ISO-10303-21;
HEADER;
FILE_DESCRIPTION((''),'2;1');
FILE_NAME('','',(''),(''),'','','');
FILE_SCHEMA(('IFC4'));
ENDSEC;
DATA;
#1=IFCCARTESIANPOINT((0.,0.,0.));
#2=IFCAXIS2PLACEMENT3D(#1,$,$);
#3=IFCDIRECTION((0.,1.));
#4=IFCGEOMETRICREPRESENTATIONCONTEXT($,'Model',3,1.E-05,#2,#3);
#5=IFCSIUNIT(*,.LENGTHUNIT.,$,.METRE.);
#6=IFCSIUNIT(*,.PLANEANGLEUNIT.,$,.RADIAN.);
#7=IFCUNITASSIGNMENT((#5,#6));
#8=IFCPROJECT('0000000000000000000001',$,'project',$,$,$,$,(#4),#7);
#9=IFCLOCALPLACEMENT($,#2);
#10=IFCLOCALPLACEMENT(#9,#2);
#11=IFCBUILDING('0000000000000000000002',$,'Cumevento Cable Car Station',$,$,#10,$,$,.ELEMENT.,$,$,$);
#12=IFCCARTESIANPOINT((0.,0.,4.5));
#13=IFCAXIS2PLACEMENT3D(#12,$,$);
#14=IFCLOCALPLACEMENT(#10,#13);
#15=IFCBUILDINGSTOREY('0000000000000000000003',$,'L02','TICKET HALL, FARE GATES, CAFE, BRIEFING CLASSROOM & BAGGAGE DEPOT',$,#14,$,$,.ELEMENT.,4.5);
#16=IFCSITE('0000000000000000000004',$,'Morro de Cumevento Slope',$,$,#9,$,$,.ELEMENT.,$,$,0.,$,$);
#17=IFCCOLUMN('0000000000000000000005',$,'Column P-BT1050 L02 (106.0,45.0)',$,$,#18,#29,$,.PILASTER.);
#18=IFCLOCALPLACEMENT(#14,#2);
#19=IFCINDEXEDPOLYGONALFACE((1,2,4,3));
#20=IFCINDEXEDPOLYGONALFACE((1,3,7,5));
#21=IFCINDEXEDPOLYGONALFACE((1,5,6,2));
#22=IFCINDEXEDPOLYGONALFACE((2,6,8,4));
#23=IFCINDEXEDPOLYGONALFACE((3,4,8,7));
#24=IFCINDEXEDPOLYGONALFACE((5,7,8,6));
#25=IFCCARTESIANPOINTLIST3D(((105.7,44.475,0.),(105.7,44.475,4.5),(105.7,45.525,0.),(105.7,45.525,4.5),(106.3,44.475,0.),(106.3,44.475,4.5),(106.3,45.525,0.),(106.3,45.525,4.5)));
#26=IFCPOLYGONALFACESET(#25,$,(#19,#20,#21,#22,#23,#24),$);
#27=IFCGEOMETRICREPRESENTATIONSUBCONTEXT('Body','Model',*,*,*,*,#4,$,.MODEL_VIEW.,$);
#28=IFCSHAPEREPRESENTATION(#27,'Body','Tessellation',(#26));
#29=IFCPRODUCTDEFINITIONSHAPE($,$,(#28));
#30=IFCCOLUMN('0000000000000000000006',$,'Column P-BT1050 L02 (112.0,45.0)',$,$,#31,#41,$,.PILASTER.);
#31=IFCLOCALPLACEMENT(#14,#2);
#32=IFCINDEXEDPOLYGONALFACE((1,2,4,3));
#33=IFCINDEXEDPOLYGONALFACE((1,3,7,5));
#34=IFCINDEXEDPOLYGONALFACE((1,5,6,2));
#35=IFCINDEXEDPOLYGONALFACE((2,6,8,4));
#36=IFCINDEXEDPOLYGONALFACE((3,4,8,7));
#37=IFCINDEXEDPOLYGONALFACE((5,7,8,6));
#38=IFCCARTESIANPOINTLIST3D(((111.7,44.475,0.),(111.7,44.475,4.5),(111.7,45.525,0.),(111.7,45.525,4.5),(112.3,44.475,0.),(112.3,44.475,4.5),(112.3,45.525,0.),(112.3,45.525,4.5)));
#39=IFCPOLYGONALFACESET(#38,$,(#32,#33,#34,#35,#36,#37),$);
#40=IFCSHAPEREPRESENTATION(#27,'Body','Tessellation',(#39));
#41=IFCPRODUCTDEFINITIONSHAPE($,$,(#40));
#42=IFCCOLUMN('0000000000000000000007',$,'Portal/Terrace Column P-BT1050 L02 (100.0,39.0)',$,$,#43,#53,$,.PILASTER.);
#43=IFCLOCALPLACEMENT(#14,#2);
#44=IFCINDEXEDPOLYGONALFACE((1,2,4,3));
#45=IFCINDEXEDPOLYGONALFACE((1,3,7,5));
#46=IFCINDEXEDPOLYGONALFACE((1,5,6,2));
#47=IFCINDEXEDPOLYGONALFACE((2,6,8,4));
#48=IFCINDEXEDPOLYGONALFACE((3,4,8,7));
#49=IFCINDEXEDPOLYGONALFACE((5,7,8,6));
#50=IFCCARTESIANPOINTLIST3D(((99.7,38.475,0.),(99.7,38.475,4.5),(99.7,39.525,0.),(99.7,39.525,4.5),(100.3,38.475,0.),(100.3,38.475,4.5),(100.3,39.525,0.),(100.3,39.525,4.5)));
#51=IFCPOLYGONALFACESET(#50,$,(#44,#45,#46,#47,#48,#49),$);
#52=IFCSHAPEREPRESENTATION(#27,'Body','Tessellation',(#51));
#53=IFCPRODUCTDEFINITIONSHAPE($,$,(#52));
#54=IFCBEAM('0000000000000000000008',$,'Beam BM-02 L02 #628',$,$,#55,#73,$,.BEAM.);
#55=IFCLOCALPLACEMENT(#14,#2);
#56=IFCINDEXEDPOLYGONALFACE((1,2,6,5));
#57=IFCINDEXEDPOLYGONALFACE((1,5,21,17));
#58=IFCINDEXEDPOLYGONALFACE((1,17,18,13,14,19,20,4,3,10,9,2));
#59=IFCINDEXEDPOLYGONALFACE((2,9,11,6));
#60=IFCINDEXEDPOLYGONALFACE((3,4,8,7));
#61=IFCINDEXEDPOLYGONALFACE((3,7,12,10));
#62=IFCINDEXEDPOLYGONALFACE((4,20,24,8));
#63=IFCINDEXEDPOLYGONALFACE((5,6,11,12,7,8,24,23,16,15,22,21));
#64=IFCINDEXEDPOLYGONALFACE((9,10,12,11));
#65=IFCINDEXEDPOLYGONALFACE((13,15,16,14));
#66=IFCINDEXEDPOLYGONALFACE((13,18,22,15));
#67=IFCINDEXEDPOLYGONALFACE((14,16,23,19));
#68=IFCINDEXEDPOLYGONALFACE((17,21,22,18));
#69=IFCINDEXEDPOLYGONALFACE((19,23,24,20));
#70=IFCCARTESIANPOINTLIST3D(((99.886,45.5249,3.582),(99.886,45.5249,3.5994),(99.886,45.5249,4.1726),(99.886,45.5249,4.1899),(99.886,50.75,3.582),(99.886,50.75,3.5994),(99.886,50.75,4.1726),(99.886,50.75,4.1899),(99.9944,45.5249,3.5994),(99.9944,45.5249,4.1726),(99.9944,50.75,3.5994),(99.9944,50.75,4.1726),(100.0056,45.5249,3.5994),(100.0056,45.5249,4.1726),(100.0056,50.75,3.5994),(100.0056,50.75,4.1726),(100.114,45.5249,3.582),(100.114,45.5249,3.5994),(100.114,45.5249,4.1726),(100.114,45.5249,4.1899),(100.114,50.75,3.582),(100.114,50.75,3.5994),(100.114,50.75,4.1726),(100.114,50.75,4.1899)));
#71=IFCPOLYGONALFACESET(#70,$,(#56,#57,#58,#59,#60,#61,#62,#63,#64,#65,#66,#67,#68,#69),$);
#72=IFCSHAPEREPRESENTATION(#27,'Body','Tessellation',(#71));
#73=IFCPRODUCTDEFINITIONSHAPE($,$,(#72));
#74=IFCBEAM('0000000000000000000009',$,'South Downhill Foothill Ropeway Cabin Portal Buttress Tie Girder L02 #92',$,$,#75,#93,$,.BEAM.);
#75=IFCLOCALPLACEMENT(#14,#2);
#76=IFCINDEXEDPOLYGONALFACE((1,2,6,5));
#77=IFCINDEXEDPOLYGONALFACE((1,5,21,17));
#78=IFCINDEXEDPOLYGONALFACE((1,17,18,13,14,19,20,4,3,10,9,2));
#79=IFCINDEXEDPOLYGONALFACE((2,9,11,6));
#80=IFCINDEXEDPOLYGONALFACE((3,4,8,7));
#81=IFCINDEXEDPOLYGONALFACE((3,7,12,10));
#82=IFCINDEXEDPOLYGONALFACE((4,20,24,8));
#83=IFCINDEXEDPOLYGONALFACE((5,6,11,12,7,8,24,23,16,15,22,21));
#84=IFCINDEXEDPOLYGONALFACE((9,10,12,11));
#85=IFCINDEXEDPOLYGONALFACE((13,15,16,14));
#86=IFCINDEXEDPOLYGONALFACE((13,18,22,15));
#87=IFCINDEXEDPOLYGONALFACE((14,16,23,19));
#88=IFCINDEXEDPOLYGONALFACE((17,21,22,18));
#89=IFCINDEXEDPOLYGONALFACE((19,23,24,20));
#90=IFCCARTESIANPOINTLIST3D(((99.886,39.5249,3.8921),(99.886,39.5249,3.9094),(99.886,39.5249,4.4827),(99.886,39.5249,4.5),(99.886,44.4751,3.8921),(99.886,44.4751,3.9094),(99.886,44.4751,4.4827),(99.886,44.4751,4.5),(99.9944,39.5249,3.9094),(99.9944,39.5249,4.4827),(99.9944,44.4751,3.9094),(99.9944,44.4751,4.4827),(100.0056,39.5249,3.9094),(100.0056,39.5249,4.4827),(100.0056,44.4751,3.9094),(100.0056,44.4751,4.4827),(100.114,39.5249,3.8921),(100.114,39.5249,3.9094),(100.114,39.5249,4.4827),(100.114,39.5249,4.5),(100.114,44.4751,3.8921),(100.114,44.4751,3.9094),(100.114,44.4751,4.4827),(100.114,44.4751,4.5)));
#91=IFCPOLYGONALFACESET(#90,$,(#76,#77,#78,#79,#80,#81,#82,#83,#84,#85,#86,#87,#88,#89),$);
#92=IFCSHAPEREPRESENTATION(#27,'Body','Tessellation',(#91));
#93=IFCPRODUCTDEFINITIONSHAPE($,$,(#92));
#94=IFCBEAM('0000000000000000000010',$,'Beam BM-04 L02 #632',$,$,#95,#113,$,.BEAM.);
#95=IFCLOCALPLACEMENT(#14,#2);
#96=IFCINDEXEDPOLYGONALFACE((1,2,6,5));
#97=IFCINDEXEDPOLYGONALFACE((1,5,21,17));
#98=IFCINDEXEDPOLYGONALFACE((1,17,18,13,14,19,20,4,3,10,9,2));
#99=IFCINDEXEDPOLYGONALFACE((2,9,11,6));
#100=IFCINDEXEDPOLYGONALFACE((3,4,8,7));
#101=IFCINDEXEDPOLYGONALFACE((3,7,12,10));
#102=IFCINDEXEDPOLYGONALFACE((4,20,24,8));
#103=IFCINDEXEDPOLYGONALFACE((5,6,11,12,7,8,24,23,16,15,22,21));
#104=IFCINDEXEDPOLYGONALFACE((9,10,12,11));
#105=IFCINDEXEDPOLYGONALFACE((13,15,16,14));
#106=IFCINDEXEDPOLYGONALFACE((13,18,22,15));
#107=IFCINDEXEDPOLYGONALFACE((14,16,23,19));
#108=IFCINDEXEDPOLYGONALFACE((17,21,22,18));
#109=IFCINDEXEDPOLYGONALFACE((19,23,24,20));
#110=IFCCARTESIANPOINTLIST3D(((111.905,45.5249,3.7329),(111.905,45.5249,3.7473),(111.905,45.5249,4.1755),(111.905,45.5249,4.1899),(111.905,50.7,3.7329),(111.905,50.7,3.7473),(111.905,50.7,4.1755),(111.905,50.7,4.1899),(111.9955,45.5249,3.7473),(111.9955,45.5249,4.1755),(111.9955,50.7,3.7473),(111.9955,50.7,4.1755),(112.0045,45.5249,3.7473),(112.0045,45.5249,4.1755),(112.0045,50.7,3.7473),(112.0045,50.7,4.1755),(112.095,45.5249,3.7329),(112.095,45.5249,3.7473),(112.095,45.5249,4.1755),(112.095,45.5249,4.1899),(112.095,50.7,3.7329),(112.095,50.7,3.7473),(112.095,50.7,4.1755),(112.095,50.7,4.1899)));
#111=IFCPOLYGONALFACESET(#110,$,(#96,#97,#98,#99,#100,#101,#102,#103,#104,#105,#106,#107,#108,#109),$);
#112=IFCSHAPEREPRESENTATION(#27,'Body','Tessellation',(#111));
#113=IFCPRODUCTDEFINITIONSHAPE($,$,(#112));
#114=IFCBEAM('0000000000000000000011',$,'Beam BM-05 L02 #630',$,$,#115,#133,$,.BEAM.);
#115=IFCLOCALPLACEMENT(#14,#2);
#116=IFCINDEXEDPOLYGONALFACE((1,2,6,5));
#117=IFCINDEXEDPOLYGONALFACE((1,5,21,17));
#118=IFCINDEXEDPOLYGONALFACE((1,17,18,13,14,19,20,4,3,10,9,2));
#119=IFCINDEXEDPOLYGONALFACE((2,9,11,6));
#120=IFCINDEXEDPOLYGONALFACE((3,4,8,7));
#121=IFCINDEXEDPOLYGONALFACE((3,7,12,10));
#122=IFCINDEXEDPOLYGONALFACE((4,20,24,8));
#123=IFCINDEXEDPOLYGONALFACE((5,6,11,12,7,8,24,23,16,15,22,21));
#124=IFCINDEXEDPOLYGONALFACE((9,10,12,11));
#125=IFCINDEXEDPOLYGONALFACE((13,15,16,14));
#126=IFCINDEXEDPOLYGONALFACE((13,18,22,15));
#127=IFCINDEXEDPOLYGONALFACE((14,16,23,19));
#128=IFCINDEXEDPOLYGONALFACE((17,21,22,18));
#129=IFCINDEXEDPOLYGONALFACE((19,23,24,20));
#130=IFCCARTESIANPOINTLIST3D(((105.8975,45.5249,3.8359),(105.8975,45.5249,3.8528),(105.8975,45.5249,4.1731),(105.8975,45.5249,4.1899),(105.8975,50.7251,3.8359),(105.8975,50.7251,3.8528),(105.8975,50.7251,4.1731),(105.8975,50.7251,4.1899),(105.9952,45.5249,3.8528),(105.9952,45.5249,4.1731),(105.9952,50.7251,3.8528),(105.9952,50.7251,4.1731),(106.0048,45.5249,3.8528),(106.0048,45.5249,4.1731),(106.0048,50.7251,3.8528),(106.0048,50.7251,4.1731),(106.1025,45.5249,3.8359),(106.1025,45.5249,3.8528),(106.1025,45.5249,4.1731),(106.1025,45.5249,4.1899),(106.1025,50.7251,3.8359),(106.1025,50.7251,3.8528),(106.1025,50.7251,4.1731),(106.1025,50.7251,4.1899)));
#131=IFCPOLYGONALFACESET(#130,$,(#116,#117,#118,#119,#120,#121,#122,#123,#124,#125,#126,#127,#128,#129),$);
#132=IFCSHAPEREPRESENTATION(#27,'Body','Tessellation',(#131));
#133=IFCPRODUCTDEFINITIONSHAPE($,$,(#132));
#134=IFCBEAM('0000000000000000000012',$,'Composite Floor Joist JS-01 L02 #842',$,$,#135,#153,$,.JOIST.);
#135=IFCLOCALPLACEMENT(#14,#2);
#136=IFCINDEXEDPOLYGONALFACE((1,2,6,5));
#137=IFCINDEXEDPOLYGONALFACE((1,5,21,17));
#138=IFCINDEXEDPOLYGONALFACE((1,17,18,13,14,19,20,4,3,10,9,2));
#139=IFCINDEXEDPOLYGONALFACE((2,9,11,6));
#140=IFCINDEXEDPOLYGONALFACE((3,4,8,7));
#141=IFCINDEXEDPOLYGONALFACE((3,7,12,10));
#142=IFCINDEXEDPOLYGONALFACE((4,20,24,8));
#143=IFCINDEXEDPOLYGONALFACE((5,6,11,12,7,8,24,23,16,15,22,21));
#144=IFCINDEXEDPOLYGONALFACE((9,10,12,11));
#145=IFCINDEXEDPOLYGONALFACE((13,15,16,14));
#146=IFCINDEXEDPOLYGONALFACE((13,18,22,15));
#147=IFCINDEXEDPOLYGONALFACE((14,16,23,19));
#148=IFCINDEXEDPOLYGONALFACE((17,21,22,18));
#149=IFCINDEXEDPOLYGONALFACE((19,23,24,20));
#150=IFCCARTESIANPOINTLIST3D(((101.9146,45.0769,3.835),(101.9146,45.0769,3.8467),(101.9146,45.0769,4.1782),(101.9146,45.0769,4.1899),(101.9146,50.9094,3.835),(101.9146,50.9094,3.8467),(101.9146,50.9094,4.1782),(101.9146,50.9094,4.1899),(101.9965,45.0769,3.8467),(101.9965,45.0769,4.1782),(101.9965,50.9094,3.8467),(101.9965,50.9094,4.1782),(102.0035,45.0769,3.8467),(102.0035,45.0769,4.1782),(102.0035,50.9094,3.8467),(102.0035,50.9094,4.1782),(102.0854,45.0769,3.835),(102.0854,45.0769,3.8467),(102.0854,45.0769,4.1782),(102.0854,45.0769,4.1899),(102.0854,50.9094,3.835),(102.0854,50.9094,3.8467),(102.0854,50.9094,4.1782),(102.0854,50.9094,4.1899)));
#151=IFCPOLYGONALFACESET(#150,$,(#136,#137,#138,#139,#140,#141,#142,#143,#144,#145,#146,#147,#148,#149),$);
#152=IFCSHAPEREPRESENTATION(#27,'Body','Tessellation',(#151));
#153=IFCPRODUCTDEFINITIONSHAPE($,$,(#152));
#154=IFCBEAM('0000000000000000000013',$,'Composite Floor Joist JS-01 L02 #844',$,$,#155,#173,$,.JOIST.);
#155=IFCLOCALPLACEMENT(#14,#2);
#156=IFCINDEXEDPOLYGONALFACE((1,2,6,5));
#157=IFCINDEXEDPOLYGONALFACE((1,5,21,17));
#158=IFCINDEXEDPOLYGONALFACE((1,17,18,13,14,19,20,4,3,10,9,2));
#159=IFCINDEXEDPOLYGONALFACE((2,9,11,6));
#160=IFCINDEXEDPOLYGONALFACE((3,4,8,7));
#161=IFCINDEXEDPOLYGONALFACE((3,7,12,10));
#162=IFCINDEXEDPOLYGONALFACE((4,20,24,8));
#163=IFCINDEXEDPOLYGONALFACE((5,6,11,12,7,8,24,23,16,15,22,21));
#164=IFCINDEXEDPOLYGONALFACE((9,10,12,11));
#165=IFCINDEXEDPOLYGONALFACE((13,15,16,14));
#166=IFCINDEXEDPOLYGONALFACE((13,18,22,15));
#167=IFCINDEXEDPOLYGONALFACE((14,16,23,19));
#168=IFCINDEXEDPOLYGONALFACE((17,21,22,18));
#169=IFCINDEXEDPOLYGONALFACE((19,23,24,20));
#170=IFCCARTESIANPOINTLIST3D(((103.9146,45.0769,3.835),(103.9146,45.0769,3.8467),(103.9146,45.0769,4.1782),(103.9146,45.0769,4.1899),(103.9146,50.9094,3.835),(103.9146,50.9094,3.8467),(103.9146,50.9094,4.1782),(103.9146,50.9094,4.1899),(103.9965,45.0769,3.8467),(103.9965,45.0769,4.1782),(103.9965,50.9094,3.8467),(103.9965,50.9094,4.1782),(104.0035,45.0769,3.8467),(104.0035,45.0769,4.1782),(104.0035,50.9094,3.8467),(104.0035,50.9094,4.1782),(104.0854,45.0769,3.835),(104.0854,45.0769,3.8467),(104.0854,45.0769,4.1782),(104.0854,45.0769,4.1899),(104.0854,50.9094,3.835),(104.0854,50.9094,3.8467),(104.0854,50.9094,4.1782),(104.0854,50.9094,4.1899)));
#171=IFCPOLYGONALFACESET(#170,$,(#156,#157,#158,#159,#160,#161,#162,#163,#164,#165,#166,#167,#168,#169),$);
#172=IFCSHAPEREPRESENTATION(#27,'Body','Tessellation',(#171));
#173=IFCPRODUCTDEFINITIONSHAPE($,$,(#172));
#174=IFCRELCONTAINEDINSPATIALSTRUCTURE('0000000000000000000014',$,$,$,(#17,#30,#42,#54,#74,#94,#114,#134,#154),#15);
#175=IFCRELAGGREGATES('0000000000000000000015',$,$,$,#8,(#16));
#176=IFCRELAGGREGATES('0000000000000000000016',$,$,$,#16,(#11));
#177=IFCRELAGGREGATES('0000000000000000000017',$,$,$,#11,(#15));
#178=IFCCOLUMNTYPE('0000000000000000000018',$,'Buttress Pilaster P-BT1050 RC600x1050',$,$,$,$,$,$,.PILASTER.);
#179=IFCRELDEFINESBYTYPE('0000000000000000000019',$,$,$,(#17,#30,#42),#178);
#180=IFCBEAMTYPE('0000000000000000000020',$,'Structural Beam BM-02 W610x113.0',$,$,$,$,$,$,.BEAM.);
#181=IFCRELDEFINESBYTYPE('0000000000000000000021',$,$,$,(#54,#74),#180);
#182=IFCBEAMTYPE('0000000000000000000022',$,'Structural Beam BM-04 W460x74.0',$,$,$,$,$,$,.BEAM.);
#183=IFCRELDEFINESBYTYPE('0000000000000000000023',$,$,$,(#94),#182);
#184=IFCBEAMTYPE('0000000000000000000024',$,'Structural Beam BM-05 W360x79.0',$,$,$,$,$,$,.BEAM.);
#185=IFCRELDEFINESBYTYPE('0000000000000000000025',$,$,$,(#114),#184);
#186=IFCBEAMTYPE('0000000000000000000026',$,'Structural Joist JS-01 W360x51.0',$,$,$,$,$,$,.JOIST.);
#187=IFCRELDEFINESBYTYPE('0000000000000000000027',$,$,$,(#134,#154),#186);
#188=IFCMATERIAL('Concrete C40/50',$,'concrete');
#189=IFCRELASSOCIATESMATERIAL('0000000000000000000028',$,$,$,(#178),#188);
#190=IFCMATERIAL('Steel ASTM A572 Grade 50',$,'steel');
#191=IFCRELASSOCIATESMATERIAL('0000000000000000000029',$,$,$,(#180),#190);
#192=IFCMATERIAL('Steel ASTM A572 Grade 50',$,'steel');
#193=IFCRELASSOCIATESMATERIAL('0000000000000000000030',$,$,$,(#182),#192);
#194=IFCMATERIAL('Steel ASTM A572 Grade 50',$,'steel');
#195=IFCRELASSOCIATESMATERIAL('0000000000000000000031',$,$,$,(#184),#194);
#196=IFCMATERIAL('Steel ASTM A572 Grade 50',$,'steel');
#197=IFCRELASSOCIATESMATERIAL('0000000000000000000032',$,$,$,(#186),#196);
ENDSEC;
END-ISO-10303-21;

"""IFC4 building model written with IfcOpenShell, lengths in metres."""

from ifc_helpers import new_model, si_unit, direction, frame, origin, origin_2d, place, context, subcontext, project, spatial, rectangle, i_section, extrude, material, material_profile, profile_set, type_object, element, save


model = new_model("IFC4")

# Units and contexts
model_context = context("Model", 3, precision=1e-05, world=origin(), true_north=direction((0.0, 1.0)))
body_context = subcontext(model_context, "Body", "Model", "MODEL_VIEW")
ifc_project = project(units=[si_unit("LENGTHUNIT", "METRE"), si_unit("PLANEANGLEUNIT", "RADIAN")], contexts=[model_context])

# Site, building, storey
site_placement = place(None, origin())
site = spatial("IfcSite", under=ifc_project, at=site_placement, Name="Morro de Cumevento Slope", CompositionType="ELEMENT", RefElevation=0.0)
building_placement = place(site_placement, origin())
building = spatial("IfcBuilding", under=site, at=building_placement, Name="Cumevento Cable Car Station", CompositionType="ELEMENT")
storey_placement = place(building_placement, frame((0.0, 0.0, 4.5)))
storey = spatial("IfcBuildingStorey", under=building, at=storey_placement, Name="L02", Description="TICKET HALL, FARE GATES, CAFE, BRIEFING CLASSROOM & BAGGAGE DEPOT", CompositionType="ELEMENT", Elevation=4.5)

# Columns
ifc_material_1 = material(Name="Concrete C40/50", Category="concrete")
ifc_material_profile_1 = material_profile(ifc_material_1, rectangle(XDim=0.6001, YDim=1.05, at=origin_2d()), Name="RC600x1050")
ifc_profile_set_1 = profile_set([ifc_material_profile_1], Name="Concrete C40/50")
column_type = type_object("IfcColumnType", Name="Buttress Pilaster P-BT1050 RC600x1050", PredefinedType="PILASTER", material=ifc_profile_set_1)
for number, where, z_axis, x_axis, name in (
    (1, (106.0, 45.0, 0.0), (0.0, 0.0, 1.0), (1.0, 0.0, 0.0), "Column P-BT1050 L02 (106.0,45.0)"),
    (2, (112.0, 45.0, 0.0), (0.0, 0.0, 1.0), (1.0, 0.0, 0.0), "Column P-BT1050 L02 (112.0,45.0)"),
    (3, (100.0, 39.0, 0.0), (0.0, 0.0, 1.0), (1.0, 0.0, 0.0), "Portal/Terrace Column P-BT1050 L02 (100.0,39.0)"),
):
    element("IfcColumn", number, at=place(storey_placement, frame(where, z_axis=z_axis, x_axis=x_axis)), inside=storey, type_object=column_type, Name=name, PredefinedType="PILASTER", context=body_context, shape_type="SweptSolid", body=[
        extrude(rectangle(XDim=0.6001, YDim=1.05, at=origin_2d()), origin(), (0.0, 0.0, 1.0), 4.5),
    ])

# Beams
ifc_material_2 = material(Name="Steel ASTM A572 Grade 50", Category="steel")
ifc_material_profile_2 = material_profile(ifc_material_2, i_section(OverallWidth=0.228, OverallDepth=0.6079, WebThickness=0.0112, FlangeThickness=0.0173, at=origin_2d()), Name="W610x113.0")
ifc_profile_set_2 = profile_set([ifc_material_profile_2], Name="Steel ASTM A572 Grade 50")
beam_type_1 = type_object("IfcBeamType", Name="Structural Beam BM-02 W610x113.0", PredefinedType="BEAM", material=ifc_profile_set_2)
beam_1_placement = place(storey_placement, frame((100.0, 45.5249, 3.886), z_axis=(0.0, 1.0, 0.0), x_axis=(-1.0, 0.0, 0.0)))
element("IfcBeam", 4, at=beam_1_placement, inside=storey, type_object=beam_type_1, Name="Beam BM-02 L02 #628", PredefinedType="BEAM", context=body_context, shape_type="SweptSolid", body=[
    extrude(i_section(OverallWidth=0.228, OverallDepth=0.6079, WebThickness=0.0112, FlangeThickness=0.0173, at=origin_2d()), origin(), (0.0, 0.0, 1.0), 5.2251),
])
beam_2_placement = place(storey_placement, frame((100.0, 39.5249, 4.196), z_axis=(0.0, 1.0, 0.0), x_axis=(-1.0, 0.0, 0.0)))
element("IfcBeam", 5, at=beam_2_placement, inside=storey, type_object=beam_type_1, Name="South Downhill Foothill Ropeway Cabin Portal Buttress Tie Girder L02 #92", PredefinedType="BEAM", context=body_context, shape_type="SweptSolid", body=[
    extrude(i_section(OverallWidth=0.228, OverallDepth=0.6079, WebThickness=0.0112, FlangeThickness=0.0173, at=origin_2d()), origin(), (0.0, 0.0, 1.0), 4.9502),
])
ifc_material_3 = material(Name="Steel ASTM A572 Grade 50", Category="steel")
ifc_material_profile_3 = material_profile(ifc_material_3, i_section(OverallWidth=0.1899, OverallDepth=0.457, WebThickness=0.009, FlangeThickness=0.0144, at=origin_2d()), Name="W460x74.0")
ifc_profile_set_3 = profile_set([ifc_material_profile_3], Name="Steel ASTM A572 Grade 50")
beam_type_2 = type_object("IfcBeamType", Name="Structural Beam BM-04 W460x74.0", PredefinedType="BEAM", material=ifc_profile_set_3)
beam_3_placement = place(storey_placement, frame((112.0, 45.5249, 3.9614), z_axis=(0.0, 1.0, 0.0), x_axis=(-1.0, 0.0, 0.0)))
element("IfcBeam", 6, at=beam_3_placement, inside=storey, type_object=beam_type_2, Name="Beam BM-04 L02 #632", PredefinedType="BEAM", context=body_context, shape_type="SweptSolid", body=[
    extrude(i_section(OverallWidth=0.1899, OverallDepth=0.457, WebThickness=0.009, FlangeThickness=0.0144, at=origin_2d()), origin(), (0.0, 0.0, 1.0), 5.175),
])
ifc_material_4 = material(Name="Steel ASTM A572 Grade 50", Category="steel")
ifc_material_profile_4 = material_profile(ifc_material_4, i_section(OverallWidth=0.2051, OverallDepth=0.354, WebThickness=0.0095, FlangeThickness=0.0168, at=origin_2d()), Name="W360x79.0")
ifc_profile_set_4 = profile_set([ifc_material_profile_4], Name="Steel ASTM A572 Grade 50")
beam_type_3 = type_object("IfcBeamType", Name="Structural Beam BM-05 W360x79.0", PredefinedType="BEAM", material=ifc_profile_set_4)
beam_4_placement = place(storey_placement, frame((106.0, 45.5249, 4.0129), z_axis=(0.0, 1.0, 0.0), x_axis=(-1.0, 0.0, 0.0)))
element("IfcBeam", 7, at=beam_4_placement, inside=storey, type_object=beam_type_3, Name="Beam BM-05 L02 #630", PredefinedType="BEAM", context=body_context, shape_type="SweptSolid", body=[
    extrude(i_section(OverallWidth=0.2051, OverallDepth=0.354, WebThickness=0.0095, FlangeThickness=0.0168, at=origin_2d()), origin(), (0.0, 0.0, 1.0), 5.2002),
])
ifc_material_5 = material(Name="Steel ASTM A572 Grade 50", Category="steel")
ifc_material_profile_5 = material_profile(ifc_material_5, i_section(OverallWidth=0.1709, OverallDepth=0.355, WebThickness=0.0071, FlangeThickness=0.0117, at=origin_2d()), Name="W360x51.0")
ifc_profile_set_5 = profile_set([ifc_material_profile_5], Name="Steel ASTM A572 Grade 50")
beam_type_4 = type_object("IfcBeamType", Name="Structural Joist JS-01 W360x51.0", PredefinedType="JOIST", material=ifc_profile_set_5)
for number, where, z_axis, x_axis, name in (
    (8, (102.0, 45.0769, 4.0125), (0.0, 1.0, 0.0), (-1.0, 0.0, 0.0), "Composite Floor Joist JS-01 L02 #842"),
    (9, (104.0, 45.0769, 4.0125), (0.0, 1.0, 0.0), (-1.0, 0.0, 0.0), "Composite Floor Joist JS-01 L02 #844"),
):
    element("IfcBeam", number, at=place(storey_placement, frame(where, z_axis=z_axis, x_axis=x_axis)), inside=storey, type_object=beam_type_4, Name=name, PredefinedType="JOIST", context=body_context, shape_type="SweptSolid", body=[
        extrude(i_section(OverallWidth=0.1709, OverallDepth=0.355, WebThickness=0.0071, FlangeThickness=0.0117, at=origin_2d()), origin(), (0.0, 0.0, 1.0), 5.8325),
    ])

save(model, "model.ifc")
